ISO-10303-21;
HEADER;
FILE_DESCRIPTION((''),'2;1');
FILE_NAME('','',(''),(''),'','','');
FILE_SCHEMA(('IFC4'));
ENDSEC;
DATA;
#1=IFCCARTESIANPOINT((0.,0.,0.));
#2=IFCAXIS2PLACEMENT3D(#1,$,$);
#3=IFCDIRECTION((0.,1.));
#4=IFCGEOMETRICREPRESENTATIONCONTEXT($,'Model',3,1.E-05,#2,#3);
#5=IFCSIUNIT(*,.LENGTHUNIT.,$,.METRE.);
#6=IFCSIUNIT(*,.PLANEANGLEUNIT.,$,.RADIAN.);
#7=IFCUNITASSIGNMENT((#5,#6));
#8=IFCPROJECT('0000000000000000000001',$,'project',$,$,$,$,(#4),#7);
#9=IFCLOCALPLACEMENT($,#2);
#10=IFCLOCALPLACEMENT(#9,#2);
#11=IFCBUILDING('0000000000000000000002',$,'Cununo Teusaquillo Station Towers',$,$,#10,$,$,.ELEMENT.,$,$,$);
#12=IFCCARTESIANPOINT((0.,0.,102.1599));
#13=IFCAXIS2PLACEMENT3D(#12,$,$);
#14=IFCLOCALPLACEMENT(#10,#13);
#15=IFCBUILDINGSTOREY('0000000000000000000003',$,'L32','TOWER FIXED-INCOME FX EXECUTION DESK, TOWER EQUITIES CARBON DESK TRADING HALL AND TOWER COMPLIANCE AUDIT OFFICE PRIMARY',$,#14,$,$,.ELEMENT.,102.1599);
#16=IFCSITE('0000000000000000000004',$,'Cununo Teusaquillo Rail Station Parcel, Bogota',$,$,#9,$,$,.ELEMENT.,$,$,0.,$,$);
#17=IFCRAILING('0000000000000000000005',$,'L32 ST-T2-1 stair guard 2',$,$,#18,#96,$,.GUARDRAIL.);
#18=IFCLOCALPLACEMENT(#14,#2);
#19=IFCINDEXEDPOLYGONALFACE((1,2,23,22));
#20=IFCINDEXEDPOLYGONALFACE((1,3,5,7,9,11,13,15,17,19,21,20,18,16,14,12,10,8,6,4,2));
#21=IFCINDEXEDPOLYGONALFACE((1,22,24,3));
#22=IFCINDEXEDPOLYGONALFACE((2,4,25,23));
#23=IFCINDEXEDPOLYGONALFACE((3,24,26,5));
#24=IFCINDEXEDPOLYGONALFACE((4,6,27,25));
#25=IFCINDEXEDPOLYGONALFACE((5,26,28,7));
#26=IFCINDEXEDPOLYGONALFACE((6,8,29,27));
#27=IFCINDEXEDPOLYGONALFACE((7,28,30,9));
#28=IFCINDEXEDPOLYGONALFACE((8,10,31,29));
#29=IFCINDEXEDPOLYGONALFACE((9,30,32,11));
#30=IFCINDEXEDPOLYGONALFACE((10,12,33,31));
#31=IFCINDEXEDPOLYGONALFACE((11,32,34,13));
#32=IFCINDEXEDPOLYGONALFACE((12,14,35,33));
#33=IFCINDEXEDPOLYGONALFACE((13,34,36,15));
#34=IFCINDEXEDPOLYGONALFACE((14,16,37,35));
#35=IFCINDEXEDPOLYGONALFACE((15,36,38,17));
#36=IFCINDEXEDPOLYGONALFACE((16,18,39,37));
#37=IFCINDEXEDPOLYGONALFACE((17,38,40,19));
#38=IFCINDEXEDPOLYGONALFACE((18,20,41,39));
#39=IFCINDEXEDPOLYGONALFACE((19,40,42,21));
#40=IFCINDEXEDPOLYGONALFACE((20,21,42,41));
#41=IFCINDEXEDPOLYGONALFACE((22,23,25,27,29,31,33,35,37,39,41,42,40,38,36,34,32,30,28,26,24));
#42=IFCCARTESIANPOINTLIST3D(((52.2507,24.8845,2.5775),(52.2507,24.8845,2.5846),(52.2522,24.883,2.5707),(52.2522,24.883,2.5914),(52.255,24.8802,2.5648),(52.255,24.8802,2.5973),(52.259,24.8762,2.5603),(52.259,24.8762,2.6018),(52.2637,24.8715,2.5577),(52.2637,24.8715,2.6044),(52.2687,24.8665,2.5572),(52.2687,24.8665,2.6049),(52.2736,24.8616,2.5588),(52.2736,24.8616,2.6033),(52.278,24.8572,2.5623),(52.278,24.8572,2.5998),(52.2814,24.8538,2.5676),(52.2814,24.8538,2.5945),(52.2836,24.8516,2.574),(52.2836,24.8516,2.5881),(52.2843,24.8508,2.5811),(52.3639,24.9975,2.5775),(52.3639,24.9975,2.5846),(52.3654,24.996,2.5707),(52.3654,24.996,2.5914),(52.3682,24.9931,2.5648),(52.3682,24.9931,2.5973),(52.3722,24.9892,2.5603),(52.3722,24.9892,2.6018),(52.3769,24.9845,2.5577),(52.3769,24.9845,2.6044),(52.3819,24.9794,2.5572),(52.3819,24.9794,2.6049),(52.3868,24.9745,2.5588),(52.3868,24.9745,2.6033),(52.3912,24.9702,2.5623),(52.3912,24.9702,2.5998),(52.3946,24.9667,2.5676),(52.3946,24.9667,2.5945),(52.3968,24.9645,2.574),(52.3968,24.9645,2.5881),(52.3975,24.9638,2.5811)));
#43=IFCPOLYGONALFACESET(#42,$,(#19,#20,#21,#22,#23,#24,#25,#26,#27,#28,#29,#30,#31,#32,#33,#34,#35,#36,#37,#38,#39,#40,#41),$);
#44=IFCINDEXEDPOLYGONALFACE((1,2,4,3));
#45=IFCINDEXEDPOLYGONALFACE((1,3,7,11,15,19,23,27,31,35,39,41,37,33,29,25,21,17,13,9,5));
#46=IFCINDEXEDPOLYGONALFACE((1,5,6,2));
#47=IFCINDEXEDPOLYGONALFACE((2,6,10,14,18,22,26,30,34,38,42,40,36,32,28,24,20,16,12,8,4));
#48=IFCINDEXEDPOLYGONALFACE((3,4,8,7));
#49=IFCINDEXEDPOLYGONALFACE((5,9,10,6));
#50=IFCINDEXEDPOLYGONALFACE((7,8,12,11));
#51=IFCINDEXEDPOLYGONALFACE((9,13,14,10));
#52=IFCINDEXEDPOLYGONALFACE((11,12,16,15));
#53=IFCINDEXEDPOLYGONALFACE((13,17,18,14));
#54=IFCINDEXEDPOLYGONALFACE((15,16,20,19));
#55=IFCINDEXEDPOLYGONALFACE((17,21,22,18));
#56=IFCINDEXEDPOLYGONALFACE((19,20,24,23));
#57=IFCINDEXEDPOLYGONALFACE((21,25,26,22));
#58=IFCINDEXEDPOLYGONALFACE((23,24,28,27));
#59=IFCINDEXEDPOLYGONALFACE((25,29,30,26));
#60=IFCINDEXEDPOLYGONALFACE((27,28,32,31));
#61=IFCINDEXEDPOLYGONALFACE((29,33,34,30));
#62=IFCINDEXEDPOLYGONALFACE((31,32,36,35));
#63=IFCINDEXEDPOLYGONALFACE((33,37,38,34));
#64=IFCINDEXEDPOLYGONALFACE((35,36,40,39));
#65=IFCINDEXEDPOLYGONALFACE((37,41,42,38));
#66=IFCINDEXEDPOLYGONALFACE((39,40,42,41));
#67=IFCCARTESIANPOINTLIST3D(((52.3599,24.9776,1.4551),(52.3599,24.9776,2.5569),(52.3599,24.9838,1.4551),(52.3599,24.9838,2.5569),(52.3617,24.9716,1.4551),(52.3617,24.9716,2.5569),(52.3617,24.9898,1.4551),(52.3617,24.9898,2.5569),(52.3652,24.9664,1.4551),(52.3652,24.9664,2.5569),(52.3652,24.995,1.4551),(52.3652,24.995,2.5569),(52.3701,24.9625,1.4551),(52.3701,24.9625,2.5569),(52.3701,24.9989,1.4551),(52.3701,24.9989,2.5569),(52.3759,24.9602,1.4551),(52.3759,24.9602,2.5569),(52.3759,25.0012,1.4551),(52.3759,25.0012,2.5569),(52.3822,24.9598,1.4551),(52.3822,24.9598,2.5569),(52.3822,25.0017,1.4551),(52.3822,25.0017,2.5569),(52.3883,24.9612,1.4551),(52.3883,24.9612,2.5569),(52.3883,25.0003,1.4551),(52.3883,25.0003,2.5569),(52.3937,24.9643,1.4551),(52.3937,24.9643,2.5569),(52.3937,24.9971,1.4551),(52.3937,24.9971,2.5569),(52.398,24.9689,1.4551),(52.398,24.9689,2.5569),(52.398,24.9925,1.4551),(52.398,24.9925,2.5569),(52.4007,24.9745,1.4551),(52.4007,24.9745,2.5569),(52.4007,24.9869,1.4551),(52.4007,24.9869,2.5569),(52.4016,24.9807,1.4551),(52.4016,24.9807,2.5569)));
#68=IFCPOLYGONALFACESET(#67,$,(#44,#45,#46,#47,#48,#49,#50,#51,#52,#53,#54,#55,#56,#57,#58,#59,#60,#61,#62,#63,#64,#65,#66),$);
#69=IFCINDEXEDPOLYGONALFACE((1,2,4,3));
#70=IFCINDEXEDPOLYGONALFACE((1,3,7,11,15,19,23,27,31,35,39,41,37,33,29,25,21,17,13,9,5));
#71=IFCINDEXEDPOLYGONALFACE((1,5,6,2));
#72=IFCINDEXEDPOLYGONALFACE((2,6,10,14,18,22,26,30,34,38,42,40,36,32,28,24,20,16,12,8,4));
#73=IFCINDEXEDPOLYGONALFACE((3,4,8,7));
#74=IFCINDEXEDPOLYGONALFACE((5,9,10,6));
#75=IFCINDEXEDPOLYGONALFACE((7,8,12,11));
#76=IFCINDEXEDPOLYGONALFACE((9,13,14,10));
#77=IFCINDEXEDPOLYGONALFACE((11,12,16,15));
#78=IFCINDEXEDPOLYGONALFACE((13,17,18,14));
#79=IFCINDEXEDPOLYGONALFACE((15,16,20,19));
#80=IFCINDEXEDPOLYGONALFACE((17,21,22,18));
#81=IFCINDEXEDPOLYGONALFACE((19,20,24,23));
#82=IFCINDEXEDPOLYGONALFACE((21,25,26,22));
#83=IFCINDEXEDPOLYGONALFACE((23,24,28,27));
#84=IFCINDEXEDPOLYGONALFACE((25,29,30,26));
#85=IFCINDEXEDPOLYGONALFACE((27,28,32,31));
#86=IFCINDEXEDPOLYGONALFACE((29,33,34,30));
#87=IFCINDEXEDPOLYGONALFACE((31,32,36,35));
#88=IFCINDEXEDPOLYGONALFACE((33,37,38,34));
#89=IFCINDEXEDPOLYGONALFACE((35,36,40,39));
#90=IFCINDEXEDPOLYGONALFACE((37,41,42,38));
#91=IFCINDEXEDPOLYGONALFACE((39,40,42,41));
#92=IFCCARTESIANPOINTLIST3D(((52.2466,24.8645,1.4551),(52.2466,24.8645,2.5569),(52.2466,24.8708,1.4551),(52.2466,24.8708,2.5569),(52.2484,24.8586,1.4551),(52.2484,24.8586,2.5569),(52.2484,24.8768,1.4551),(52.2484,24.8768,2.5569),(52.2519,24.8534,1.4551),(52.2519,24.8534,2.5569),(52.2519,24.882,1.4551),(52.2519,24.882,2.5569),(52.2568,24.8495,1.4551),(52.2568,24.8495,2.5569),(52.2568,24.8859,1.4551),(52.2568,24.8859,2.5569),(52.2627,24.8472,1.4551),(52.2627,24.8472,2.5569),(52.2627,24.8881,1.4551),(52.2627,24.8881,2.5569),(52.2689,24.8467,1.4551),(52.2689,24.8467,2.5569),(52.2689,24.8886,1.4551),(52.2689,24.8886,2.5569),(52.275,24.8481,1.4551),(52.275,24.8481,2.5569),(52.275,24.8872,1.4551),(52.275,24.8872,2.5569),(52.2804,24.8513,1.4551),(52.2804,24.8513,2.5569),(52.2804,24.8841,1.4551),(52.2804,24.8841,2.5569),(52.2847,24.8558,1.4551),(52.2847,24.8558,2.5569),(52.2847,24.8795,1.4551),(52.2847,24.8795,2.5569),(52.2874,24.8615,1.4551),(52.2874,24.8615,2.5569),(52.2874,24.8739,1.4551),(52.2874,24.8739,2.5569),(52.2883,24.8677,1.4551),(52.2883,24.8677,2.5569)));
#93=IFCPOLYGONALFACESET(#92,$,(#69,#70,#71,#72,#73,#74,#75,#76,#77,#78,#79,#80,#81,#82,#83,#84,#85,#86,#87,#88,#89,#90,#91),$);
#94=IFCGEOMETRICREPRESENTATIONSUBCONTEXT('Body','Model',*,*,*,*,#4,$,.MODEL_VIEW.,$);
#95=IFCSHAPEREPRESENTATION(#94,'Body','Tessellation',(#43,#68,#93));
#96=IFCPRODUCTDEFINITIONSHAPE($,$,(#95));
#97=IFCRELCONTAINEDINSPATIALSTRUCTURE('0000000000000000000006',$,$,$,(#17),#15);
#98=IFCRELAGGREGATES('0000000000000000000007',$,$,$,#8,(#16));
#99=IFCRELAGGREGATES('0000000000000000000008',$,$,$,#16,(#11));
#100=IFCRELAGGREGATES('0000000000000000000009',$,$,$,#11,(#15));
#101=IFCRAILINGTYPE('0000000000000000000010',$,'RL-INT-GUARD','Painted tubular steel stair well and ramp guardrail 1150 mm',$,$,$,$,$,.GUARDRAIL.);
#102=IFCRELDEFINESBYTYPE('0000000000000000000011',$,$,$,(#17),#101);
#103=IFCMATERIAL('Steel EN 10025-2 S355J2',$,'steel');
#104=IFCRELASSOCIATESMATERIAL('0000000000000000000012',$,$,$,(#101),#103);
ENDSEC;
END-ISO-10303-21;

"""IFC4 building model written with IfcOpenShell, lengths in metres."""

from ifc_helpers import new_model, si_unit, direction, frame, origin, origin_2d, place, context, subcontext, project, spatial, circle, extrude, material, type_object, element, save


model = new_model("IFC4")

# Units and contexts
model_context = context("Model", 3, precision=1e-05, world=origin(), true_north=direction((0.0, 1.0)))
body_context = subcontext(model_context, "Body", "Model", "MODEL_VIEW")
ifc_project = project(units=[si_unit("LENGTHUNIT", "METRE"), si_unit("PLANEANGLEUNIT", "RADIAN")], contexts=[model_context])

# Site, building, storey
site_placement = place(None, origin())
site = spatial("IfcSite", under=ifc_project, at=site_placement, Name="Cununo Teusaquillo Rail Station Parcel, Bogota", CompositionType="ELEMENT", RefElevation=0.0)
building_placement = place(site_placement, origin())
building = spatial("IfcBuilding", under=site, at=building_placement, Name="Cununo Teusaquillo Station Towers", CompositionType="ELEMENT")
storey_placement = place(building_placement, frame((0.0, 0.0, 102.1599)))
storey = spatial("IfcBuildingStorey", under=building, at=storey_placement, Name="L32", Description="TOWER FIXED-INCOME FX EXECUTION DESK, TOWER EQUITIES CARBON DESK TRADING HALL AND TOWER COMPLIANCE AUDIT OFFICE PRIMARY", CompositionType="ELEMENT", Elevation=102.1599)

# Railing
ifc_material_1 = material(Name="Steel EN 10025-2 S355J2", Category="steel")
railing_type_1 = type_object("IfcRailingType", Name="RL-INT-GUARD", Description="Painted tubular steel stair well and ramp guardrail 1150 mm", PredefinedType="GUARDRAIL", material=ifc_material_1)
railing_1_placement = place(storey_placement, frame((52.3806, 24.9807, 1.4551)))
element("IfcRailing", 1, at=railing_1_placement, inside=storey, type_object=railing_type_1, Name="L32 ST-T2-1 stair guard 2", PredefinedType="GUARDRAIL", context=body_context, shape_type="SweptSolid", body=[
    extrude(circle(Radius=0.0239, at=origin_2d()), frame((0.0, 0.0, 1.126), z_axis=(-0.707869, -0.706344, 0.0), x_axis=(0.706344, -0.707869, 0.0)), (0.0, 0.0, 1.0), 0.1599),
    extrude(circle(Radius=0.021, at=origin_2d()), origin(), (0.0, 0.0, 1.0), 1.1018),
    extrude(circle(Radius=0.021, at=origin_2d()), frame((-0.1133, -0.113, 0.0)), (0.0, 0.0, 1.0), 1.1018),
])

save(model, "model.ifc")
